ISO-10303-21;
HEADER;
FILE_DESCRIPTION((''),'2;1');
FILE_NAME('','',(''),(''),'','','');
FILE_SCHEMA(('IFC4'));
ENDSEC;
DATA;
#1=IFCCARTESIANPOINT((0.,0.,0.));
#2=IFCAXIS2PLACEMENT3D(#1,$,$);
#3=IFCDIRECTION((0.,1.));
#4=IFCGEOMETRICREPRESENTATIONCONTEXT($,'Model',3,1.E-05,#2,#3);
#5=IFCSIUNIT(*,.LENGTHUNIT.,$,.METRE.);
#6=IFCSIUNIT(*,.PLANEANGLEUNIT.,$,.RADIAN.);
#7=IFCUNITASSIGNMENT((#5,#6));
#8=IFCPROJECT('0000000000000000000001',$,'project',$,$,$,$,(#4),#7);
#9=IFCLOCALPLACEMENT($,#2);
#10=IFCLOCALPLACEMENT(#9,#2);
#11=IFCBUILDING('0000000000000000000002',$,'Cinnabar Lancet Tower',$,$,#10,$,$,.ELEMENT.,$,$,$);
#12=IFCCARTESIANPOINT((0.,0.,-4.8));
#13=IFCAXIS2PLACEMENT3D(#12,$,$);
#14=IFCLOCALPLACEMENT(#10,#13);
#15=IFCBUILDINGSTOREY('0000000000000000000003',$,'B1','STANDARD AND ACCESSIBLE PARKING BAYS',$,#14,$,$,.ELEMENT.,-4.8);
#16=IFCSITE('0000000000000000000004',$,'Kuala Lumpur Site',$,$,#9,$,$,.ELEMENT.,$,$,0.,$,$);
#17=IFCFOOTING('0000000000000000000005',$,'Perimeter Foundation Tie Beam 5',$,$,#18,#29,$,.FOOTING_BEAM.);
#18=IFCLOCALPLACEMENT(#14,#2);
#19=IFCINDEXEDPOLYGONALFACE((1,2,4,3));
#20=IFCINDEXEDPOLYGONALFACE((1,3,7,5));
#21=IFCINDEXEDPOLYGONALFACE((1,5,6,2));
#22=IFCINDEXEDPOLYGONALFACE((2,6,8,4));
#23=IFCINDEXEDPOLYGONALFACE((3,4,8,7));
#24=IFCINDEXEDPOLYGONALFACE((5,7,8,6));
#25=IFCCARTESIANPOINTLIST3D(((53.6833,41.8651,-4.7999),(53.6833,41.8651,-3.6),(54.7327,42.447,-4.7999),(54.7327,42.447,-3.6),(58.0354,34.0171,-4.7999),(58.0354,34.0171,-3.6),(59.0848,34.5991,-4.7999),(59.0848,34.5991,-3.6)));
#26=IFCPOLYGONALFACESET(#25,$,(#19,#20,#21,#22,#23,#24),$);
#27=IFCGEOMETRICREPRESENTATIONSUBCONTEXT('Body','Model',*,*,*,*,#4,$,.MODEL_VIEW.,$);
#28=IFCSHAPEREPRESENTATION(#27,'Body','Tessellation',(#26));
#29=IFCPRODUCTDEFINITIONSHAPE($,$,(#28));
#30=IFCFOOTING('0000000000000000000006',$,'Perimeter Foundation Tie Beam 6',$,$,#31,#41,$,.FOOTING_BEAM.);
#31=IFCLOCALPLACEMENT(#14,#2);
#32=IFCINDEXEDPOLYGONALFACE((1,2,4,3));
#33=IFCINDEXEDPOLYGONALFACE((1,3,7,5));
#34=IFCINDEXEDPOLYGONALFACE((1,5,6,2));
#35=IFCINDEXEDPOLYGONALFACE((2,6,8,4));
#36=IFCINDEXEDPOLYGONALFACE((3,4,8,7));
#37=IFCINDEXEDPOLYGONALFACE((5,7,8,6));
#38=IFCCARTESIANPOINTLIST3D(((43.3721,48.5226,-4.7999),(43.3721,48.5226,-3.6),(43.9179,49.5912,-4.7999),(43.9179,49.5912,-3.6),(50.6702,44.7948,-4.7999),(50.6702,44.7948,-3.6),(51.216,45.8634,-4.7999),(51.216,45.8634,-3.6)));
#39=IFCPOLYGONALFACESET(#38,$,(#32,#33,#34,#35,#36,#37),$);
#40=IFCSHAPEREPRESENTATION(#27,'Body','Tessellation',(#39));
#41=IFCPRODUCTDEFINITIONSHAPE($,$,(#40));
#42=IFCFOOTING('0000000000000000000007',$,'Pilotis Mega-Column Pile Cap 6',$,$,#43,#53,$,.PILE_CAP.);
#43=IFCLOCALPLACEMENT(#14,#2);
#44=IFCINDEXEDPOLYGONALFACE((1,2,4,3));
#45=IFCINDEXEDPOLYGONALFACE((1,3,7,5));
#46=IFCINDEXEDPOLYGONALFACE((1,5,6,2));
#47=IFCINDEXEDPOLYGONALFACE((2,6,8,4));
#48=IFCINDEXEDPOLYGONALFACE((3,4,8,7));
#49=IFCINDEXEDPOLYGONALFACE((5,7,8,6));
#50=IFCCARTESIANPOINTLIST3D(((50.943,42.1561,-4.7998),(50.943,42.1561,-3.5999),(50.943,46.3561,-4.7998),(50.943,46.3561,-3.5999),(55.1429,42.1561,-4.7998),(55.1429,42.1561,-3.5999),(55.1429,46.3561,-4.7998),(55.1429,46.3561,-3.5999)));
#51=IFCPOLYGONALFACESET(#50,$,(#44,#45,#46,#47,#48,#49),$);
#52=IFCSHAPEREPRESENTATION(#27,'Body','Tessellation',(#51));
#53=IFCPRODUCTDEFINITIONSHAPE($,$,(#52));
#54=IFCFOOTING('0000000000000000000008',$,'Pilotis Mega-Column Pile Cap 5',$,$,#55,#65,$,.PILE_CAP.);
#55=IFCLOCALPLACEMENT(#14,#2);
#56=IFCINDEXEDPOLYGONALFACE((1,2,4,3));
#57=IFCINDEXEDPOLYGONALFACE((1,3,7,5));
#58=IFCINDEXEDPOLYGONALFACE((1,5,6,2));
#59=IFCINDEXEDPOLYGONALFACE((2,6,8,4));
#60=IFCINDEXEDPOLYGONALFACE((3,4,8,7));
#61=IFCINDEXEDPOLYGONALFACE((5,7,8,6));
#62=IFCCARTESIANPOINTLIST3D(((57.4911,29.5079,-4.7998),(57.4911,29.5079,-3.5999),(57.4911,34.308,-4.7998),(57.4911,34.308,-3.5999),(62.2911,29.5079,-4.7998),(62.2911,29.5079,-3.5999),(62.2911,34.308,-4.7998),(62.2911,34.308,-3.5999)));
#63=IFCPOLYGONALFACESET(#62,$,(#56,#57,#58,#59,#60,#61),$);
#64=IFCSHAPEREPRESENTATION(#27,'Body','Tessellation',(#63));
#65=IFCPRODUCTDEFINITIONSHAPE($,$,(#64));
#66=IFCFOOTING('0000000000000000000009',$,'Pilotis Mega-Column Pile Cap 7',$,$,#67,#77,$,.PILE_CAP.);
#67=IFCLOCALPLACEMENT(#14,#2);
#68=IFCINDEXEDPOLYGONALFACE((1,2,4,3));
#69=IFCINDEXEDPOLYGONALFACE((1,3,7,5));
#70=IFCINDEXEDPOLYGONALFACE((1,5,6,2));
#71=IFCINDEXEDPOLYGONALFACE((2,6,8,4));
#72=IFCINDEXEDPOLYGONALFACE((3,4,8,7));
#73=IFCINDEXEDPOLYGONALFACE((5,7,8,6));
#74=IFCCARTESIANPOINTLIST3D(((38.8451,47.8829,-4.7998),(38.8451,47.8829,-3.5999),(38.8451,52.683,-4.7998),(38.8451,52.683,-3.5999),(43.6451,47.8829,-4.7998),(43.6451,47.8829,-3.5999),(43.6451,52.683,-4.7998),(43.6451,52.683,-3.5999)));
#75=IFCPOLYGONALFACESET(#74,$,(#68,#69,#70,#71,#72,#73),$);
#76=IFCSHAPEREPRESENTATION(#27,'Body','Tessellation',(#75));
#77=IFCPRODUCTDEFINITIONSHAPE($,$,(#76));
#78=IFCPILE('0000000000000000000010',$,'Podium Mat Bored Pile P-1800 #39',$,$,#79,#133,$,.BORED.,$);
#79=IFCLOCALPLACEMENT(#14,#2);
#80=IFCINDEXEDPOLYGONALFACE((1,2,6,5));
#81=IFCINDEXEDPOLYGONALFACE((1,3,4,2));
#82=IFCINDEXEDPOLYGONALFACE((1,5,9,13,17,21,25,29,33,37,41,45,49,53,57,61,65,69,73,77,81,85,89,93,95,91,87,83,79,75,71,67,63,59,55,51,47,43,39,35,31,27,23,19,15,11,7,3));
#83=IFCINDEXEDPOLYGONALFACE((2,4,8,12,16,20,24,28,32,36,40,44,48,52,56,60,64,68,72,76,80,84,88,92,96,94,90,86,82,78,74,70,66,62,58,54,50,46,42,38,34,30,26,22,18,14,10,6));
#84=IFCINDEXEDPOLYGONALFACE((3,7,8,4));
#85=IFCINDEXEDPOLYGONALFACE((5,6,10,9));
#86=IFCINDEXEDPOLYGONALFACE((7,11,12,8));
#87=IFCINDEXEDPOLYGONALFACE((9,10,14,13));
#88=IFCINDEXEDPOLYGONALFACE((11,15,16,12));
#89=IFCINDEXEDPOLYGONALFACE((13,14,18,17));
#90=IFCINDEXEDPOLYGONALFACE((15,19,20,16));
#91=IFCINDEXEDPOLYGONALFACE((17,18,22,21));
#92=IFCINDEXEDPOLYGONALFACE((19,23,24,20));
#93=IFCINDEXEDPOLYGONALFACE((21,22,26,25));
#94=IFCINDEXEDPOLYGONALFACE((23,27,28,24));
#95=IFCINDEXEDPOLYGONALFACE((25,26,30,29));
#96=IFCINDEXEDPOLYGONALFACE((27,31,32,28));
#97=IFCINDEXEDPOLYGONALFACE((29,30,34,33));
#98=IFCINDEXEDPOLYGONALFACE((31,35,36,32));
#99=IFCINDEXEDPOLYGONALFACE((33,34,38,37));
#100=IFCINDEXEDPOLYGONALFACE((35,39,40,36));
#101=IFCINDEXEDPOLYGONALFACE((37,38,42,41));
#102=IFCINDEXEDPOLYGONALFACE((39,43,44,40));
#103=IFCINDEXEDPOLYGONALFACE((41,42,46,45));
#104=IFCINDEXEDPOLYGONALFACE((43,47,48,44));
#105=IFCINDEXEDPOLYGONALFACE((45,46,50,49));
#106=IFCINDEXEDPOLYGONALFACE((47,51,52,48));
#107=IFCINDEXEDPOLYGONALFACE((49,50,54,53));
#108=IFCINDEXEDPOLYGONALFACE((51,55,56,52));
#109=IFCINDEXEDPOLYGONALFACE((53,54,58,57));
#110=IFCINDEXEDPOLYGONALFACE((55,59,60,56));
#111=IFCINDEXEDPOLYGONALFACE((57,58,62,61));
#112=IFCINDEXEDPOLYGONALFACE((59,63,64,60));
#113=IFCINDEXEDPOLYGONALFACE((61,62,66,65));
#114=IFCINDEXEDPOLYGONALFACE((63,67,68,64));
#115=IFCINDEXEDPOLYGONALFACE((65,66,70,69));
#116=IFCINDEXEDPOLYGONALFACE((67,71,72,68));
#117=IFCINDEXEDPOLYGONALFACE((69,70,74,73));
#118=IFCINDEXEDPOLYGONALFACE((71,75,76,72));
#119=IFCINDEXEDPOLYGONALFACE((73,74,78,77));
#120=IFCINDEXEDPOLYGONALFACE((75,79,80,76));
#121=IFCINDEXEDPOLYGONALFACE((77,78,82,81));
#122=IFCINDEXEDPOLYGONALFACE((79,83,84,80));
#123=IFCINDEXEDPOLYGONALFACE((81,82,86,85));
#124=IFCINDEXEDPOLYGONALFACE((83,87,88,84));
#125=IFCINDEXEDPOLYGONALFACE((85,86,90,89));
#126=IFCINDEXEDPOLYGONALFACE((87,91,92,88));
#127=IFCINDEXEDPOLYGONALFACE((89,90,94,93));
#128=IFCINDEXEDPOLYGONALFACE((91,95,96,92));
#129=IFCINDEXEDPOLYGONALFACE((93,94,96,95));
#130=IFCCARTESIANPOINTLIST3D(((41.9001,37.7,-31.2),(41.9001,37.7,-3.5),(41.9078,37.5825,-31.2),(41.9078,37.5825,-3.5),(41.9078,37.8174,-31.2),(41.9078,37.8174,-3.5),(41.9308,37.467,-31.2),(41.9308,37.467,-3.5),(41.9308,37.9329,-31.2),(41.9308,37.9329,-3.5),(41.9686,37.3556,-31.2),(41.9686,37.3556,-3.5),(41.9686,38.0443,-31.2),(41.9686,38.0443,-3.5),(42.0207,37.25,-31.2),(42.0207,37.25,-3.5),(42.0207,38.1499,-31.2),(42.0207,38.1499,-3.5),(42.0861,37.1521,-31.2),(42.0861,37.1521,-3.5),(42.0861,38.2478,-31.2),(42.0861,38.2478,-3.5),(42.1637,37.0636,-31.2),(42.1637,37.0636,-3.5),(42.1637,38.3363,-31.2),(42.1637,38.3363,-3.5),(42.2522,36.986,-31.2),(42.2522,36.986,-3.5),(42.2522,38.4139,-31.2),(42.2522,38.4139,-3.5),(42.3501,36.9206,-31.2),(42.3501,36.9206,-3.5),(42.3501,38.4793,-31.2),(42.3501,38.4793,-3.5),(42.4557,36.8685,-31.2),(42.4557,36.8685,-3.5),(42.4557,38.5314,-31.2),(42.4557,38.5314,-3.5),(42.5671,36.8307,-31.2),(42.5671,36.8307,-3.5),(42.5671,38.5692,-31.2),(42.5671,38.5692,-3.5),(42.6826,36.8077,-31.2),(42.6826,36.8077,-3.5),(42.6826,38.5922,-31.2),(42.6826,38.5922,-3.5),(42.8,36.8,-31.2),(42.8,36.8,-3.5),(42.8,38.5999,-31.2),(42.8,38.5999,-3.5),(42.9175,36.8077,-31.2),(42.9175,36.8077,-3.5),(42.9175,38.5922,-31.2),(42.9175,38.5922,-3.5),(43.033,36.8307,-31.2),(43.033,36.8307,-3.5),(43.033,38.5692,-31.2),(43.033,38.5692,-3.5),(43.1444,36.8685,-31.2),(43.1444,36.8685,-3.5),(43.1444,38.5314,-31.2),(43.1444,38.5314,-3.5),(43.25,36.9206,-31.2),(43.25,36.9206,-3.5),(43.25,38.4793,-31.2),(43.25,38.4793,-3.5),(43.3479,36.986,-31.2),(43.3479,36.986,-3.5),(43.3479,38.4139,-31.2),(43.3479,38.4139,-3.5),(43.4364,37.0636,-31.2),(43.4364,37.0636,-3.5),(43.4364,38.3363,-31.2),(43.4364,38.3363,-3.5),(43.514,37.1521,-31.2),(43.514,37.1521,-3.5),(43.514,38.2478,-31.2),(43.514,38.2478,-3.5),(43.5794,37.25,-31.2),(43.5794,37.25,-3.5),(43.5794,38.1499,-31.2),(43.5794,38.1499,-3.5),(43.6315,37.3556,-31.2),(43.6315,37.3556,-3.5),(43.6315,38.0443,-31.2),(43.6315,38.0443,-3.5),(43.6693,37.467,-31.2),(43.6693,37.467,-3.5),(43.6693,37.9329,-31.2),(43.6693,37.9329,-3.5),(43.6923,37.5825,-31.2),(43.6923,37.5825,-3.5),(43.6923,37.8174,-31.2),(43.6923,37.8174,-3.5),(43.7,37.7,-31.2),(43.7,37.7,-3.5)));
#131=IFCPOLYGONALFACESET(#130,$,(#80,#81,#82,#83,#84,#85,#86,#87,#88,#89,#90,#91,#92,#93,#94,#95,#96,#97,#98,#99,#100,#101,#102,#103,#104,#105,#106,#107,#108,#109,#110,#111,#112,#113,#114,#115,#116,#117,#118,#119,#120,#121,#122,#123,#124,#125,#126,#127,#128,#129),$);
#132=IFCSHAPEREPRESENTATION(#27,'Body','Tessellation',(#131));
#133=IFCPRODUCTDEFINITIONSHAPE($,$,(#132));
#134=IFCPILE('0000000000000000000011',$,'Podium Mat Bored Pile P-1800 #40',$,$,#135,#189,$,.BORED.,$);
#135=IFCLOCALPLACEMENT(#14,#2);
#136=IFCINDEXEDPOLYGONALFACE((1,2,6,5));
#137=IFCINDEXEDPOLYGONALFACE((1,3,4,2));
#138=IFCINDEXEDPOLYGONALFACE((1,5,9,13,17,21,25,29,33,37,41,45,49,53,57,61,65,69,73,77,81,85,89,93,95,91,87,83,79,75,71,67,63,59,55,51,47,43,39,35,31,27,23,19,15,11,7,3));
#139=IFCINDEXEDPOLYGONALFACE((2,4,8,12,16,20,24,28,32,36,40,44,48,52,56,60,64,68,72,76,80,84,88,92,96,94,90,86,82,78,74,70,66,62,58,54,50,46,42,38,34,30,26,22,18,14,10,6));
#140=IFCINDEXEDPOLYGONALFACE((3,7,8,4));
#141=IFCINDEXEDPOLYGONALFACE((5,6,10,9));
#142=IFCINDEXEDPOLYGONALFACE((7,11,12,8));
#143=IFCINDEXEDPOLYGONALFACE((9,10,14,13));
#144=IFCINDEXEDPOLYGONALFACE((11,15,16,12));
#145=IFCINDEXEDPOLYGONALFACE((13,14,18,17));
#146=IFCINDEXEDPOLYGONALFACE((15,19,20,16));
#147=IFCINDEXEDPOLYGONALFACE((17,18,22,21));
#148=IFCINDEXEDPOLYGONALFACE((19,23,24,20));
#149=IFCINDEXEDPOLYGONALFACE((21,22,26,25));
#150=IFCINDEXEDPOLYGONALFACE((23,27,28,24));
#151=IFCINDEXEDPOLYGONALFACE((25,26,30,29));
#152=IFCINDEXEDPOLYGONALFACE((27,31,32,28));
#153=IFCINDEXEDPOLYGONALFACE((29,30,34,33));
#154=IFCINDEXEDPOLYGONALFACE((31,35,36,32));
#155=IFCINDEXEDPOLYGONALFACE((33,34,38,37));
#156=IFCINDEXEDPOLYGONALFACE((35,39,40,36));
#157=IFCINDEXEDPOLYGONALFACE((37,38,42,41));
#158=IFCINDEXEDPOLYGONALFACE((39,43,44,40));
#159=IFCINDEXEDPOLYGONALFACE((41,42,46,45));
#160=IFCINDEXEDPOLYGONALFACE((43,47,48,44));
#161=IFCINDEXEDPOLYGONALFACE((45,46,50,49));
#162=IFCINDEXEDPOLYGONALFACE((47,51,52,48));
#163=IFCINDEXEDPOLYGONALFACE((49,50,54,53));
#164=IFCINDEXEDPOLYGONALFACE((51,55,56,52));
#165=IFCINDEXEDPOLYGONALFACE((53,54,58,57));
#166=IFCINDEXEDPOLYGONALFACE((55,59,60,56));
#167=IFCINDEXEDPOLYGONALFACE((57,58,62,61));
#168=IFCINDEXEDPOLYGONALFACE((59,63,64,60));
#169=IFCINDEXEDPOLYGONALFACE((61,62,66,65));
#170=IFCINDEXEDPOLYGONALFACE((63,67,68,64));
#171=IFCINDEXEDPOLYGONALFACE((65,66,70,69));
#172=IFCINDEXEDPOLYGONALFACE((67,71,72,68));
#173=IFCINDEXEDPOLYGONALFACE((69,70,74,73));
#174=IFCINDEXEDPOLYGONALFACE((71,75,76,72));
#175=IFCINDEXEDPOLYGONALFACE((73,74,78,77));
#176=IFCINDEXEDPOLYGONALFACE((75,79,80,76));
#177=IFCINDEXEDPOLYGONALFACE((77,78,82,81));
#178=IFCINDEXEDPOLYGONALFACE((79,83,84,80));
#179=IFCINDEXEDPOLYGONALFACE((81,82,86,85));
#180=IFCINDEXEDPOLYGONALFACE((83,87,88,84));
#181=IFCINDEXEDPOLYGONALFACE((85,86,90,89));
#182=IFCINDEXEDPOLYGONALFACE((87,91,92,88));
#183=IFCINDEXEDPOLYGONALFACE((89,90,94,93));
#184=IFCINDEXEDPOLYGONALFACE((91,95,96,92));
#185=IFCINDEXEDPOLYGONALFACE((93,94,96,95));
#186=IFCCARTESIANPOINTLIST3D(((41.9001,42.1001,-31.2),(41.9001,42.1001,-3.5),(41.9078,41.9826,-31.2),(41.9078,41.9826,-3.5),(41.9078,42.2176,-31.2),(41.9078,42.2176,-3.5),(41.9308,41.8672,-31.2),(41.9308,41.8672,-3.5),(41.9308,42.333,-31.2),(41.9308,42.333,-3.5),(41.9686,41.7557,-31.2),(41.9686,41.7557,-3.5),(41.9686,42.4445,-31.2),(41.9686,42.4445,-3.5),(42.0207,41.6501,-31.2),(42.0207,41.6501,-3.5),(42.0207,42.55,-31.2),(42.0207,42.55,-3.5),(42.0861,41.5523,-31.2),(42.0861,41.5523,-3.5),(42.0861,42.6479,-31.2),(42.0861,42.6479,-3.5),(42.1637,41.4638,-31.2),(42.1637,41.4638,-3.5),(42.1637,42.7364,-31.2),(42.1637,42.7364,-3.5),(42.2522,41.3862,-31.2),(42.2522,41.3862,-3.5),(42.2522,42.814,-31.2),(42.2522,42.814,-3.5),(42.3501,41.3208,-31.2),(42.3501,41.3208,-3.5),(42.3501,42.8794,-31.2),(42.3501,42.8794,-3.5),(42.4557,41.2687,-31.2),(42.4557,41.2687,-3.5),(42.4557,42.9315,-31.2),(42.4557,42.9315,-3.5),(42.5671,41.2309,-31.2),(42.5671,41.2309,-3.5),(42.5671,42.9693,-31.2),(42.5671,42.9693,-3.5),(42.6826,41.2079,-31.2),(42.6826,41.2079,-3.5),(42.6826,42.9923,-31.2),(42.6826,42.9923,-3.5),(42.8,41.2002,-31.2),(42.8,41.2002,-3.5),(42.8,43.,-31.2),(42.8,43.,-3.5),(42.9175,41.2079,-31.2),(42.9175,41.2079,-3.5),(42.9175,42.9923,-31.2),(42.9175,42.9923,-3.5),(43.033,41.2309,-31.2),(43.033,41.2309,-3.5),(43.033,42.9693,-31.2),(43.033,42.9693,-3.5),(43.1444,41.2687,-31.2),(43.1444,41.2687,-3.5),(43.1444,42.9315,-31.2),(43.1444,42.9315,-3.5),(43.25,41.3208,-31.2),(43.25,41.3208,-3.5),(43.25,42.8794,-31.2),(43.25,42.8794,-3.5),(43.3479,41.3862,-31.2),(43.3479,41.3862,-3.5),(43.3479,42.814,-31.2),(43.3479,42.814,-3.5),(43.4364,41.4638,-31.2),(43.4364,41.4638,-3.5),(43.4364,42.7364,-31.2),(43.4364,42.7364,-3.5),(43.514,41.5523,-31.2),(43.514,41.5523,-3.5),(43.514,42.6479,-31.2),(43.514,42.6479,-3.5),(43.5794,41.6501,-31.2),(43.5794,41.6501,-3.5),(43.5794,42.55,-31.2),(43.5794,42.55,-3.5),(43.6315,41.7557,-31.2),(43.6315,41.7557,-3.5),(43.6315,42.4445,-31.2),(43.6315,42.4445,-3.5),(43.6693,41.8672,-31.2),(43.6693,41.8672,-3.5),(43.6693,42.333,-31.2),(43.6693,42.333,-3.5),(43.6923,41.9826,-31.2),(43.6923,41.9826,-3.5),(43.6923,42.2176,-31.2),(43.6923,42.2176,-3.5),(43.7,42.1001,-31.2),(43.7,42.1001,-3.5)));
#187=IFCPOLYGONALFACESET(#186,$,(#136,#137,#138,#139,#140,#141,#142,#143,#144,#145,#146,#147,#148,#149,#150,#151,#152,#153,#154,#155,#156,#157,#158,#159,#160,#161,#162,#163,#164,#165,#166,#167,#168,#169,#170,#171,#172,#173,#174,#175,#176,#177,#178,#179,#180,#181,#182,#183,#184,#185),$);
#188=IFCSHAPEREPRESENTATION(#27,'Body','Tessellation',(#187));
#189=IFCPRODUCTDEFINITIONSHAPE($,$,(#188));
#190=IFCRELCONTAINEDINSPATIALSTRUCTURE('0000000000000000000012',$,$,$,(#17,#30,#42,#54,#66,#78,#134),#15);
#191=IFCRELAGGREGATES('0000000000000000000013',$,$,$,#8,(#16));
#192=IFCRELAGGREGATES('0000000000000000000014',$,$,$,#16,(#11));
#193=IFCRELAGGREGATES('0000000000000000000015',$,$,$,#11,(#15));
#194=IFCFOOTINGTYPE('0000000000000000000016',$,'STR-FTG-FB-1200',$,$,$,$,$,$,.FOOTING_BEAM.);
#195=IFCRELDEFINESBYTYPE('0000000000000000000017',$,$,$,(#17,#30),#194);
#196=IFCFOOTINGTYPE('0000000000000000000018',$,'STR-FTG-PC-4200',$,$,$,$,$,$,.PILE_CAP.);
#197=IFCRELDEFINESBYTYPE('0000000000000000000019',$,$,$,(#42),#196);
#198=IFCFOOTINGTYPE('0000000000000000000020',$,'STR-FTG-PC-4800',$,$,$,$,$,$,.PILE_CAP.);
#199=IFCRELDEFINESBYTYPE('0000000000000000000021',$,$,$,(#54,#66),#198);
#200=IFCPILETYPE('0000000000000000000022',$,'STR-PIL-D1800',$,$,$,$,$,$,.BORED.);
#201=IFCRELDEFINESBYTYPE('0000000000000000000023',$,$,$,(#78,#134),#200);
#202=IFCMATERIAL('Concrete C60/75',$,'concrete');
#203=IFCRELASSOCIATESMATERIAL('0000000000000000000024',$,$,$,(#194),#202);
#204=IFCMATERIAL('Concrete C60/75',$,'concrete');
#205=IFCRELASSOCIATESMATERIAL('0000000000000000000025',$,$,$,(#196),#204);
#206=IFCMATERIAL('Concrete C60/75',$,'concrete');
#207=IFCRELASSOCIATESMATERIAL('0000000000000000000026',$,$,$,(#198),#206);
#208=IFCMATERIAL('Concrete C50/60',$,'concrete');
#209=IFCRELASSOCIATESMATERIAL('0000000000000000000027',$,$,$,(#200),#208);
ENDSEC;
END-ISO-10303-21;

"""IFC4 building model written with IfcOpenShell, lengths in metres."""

from ifc_helpers import new_model, si_unit, direction, frame, origin, origin_2d, place, context, subcontext, project, spatial, rectangle, circle, extrude, material, material_profile, profile_set, type_object, element, save


model = new_model("IFC4")

# Units and contexts
model_context = context("Model", 3, precision=1e-05, world=origin(), true_north=direction((0.0, 1.0)))
body_context = subcontext(model_context, "Body", "Model", "MODEL_VIEW")
ifc_project = project(units=[si_unit("LENGTHUNIT", "METRE"), si_unit("PLANEANGLEUNIT", "RADIAN")], contexts=[model_context])

# Site, building, storey
site_placement = place(None, origin())
site = spatial("IfcSite", under=ifc_project, at=site_placement, Name="Kuala Lumpur Site", CompositionType="ELEMENT", RefElevation=0.0)
building_placement = place(site_placement, origin())
building = spatial("IfcBuilding", under=site, at=building_placement, Name="Cinnabar Lancet Tower", CompositionType="ELEMENT")
storey_placement = place(building_placement, frame((0.0, 0.0, -4.8)))
storey = spatial("IfcBuildingStorey", under=building, at=storey_placement, Name="B1", Description="STANDARD AND ACCESSIBLE PARKING BAYS", CompositionType="ELEMENT", Elevation=-4.8)

# Footings
ifc_material_1 = material(Name="Concrete C60/75", Category="concrete")
ifc_material_profile_1 = material_profile(ifc_material_1, rectangle(XDim=1.2, YDim=1.2, at=origin_2d()), Name="RC-FB 1200x1200")
ifc_profile_set_1 = profile_set([ifc_material_profile_1], Name="Concrete C60/75")
footing_type_1 = type_object("IfcFootingType", Name="STR-FTG-FB-1200", PredefinedType="FOOTING_BEAM", material=ifc_profile_set_1)
footing_1_placement = place(storey_placement, frame((58.5601, 34.3081, -4.2), z_axis=(-0.484971, 0.87453, 0.0), x_axis=(-0.87453, -0.484971, 0.0)))
element("IfcFooting", 1, at=footing_1_placement, inside=storey, type_object=footing_type_1, Name="Perimeter Foundation Tie Beam 5", PredefinedType="FOOTING_BEAM", context=body_context, shape_type="SweptSolid", body=[
    extrude(rectangle(XDim=1.2, YDim=1.2, at=origin_2d()), origin(), (0.0, 0.0, 1.0), 8.9739),
])
footing_2_placement = place(storey_placement, frame((50.9431, 45.3291, -4.2), z_axis=(-0.890551, 0.454883, 0.0), x_axis=(-0.454883, -0.890551, 0.0)))
element("IfcFooting", 2, at=footing_2_placement, inside=storey, type_object=footing_type_1, Name="Perimeter Foundation Tie Beam 6", PredefinedType="FOOTING_BEAM", context=body_context, shape_type="SweptSolid", body=[
    extrude(rectangle(XDim=1.2, YDim=1.2, at=origin_2d()), origin(), (0.0, 0.0, 1.0), 8.1951),
])
ifc_material_2 = material(Name="Concrete C60/75", Category="concrete")
footing_type_2 = type_object("IfcFootingType", Name="STR-FTG-PC-4200", PredefinedType="PILE_CAP", material=ifc_material_2)
footing_3_placement = place(storey_placement, frame((53.043, 44.2561, -4.7998), z_axis=(0.0, 0.0, 1.0), x_axis=(1.0, 0.0, 0.0)))
element("IfcFooting", 3, at=footing_3_placement, inside=storey, type_object=footing_type_2, Name="Pilotis Mega-Column Pile Cap 6", PredefinedType="PILE_CAP", context=body_context, shape_type="SweptSolid", body=[
    extrude(rectangle(XDim=4.2, YDim=4.2, at=origin_2d()), origin(), (0.0, 0.0, 1.0), 1.2),
])
ifc_material_3 = material(Name="Concrete C60/75", Category="concrete")
footing_type_3 = type_object("IfcFootingType", Name="STR-FTG-PC-4800", PredefinedType="PILE_CAP", material=ifc_material_3)
for number, where, z_axis, x_axis, name in (
    (4, (59.8911, 31.908, -4.7998), (0.0, 0.0, 1.0), (1.0, 0.0, 0.0), "Pilotis Mega-Column Pile Cap 5"),
    (5, (41.2451, 50.283, -4.7998), (0.0, 0.0, 1.0), (1.0, 0.0, 0.0), "Pilotis Mega-Column Pile Cap 7"),
):
    element("IfcFooting", number, at=place(storey_placement, frame(where, z_axis=z_axis, x_axis=x_axis)), inside=storey, type_object=footing_type_3, Name=name, PredefinedType="PILE_CAP", context=body_context, shape_type="SweptSolid", body=[
        extrude(rectangle(XDim=4.8, YDim=4.8, at=origin_2d()), origin(), (0.0, 0.0, 1.0), 1.2),
    ])

# Piles
ifc_material_4 = material(Name="Concrete C50/60", Category="concrete")
ifc_material_profile_2 = material_profile(ifc_material_4, circle(Radius=0.8999, at=origin_2d()), Name="PILE D1800")
ifc_profile_set_2 = profile_set([ifc_material_profile_2], Name="Concrete C50/60")
pile_type_1 = type_object("IfcPileType", Name="STR-PIL-D1800", PredefinedType="BORED", material=ifc_profile_set_2)
for number, where, z_axis, x_axis, name in (
    (6, (42.8, 37.7, -3.5), (0.0, 0.0, -1.0), (1.0, 0.0, 0.0), "Podium Mat Bored Pile P-1800 #39"),
    (7, (42.8, 42.1001, -3.5), (0.0, 0.0, -1.0), (1.0, 0.0, 0.0), "Podium Mat Bored Pile P-1800 #40"),
):
    element("IfcPile", number, at=place(storey_placement, frame(where, z_axis=z_axis, x_axis=x_axis)), inside=storey, type_object=pile_type_1, Name=name, PredefinedType="BORED", context=body_context, shape_type="SweptSolid", body=[
        extrude(circle(Radius=0.8999, at=origin_2d()), origin(), (0.0, 0.0, 1.0), 27.7),
    ])

save(model, "model.ifc")
